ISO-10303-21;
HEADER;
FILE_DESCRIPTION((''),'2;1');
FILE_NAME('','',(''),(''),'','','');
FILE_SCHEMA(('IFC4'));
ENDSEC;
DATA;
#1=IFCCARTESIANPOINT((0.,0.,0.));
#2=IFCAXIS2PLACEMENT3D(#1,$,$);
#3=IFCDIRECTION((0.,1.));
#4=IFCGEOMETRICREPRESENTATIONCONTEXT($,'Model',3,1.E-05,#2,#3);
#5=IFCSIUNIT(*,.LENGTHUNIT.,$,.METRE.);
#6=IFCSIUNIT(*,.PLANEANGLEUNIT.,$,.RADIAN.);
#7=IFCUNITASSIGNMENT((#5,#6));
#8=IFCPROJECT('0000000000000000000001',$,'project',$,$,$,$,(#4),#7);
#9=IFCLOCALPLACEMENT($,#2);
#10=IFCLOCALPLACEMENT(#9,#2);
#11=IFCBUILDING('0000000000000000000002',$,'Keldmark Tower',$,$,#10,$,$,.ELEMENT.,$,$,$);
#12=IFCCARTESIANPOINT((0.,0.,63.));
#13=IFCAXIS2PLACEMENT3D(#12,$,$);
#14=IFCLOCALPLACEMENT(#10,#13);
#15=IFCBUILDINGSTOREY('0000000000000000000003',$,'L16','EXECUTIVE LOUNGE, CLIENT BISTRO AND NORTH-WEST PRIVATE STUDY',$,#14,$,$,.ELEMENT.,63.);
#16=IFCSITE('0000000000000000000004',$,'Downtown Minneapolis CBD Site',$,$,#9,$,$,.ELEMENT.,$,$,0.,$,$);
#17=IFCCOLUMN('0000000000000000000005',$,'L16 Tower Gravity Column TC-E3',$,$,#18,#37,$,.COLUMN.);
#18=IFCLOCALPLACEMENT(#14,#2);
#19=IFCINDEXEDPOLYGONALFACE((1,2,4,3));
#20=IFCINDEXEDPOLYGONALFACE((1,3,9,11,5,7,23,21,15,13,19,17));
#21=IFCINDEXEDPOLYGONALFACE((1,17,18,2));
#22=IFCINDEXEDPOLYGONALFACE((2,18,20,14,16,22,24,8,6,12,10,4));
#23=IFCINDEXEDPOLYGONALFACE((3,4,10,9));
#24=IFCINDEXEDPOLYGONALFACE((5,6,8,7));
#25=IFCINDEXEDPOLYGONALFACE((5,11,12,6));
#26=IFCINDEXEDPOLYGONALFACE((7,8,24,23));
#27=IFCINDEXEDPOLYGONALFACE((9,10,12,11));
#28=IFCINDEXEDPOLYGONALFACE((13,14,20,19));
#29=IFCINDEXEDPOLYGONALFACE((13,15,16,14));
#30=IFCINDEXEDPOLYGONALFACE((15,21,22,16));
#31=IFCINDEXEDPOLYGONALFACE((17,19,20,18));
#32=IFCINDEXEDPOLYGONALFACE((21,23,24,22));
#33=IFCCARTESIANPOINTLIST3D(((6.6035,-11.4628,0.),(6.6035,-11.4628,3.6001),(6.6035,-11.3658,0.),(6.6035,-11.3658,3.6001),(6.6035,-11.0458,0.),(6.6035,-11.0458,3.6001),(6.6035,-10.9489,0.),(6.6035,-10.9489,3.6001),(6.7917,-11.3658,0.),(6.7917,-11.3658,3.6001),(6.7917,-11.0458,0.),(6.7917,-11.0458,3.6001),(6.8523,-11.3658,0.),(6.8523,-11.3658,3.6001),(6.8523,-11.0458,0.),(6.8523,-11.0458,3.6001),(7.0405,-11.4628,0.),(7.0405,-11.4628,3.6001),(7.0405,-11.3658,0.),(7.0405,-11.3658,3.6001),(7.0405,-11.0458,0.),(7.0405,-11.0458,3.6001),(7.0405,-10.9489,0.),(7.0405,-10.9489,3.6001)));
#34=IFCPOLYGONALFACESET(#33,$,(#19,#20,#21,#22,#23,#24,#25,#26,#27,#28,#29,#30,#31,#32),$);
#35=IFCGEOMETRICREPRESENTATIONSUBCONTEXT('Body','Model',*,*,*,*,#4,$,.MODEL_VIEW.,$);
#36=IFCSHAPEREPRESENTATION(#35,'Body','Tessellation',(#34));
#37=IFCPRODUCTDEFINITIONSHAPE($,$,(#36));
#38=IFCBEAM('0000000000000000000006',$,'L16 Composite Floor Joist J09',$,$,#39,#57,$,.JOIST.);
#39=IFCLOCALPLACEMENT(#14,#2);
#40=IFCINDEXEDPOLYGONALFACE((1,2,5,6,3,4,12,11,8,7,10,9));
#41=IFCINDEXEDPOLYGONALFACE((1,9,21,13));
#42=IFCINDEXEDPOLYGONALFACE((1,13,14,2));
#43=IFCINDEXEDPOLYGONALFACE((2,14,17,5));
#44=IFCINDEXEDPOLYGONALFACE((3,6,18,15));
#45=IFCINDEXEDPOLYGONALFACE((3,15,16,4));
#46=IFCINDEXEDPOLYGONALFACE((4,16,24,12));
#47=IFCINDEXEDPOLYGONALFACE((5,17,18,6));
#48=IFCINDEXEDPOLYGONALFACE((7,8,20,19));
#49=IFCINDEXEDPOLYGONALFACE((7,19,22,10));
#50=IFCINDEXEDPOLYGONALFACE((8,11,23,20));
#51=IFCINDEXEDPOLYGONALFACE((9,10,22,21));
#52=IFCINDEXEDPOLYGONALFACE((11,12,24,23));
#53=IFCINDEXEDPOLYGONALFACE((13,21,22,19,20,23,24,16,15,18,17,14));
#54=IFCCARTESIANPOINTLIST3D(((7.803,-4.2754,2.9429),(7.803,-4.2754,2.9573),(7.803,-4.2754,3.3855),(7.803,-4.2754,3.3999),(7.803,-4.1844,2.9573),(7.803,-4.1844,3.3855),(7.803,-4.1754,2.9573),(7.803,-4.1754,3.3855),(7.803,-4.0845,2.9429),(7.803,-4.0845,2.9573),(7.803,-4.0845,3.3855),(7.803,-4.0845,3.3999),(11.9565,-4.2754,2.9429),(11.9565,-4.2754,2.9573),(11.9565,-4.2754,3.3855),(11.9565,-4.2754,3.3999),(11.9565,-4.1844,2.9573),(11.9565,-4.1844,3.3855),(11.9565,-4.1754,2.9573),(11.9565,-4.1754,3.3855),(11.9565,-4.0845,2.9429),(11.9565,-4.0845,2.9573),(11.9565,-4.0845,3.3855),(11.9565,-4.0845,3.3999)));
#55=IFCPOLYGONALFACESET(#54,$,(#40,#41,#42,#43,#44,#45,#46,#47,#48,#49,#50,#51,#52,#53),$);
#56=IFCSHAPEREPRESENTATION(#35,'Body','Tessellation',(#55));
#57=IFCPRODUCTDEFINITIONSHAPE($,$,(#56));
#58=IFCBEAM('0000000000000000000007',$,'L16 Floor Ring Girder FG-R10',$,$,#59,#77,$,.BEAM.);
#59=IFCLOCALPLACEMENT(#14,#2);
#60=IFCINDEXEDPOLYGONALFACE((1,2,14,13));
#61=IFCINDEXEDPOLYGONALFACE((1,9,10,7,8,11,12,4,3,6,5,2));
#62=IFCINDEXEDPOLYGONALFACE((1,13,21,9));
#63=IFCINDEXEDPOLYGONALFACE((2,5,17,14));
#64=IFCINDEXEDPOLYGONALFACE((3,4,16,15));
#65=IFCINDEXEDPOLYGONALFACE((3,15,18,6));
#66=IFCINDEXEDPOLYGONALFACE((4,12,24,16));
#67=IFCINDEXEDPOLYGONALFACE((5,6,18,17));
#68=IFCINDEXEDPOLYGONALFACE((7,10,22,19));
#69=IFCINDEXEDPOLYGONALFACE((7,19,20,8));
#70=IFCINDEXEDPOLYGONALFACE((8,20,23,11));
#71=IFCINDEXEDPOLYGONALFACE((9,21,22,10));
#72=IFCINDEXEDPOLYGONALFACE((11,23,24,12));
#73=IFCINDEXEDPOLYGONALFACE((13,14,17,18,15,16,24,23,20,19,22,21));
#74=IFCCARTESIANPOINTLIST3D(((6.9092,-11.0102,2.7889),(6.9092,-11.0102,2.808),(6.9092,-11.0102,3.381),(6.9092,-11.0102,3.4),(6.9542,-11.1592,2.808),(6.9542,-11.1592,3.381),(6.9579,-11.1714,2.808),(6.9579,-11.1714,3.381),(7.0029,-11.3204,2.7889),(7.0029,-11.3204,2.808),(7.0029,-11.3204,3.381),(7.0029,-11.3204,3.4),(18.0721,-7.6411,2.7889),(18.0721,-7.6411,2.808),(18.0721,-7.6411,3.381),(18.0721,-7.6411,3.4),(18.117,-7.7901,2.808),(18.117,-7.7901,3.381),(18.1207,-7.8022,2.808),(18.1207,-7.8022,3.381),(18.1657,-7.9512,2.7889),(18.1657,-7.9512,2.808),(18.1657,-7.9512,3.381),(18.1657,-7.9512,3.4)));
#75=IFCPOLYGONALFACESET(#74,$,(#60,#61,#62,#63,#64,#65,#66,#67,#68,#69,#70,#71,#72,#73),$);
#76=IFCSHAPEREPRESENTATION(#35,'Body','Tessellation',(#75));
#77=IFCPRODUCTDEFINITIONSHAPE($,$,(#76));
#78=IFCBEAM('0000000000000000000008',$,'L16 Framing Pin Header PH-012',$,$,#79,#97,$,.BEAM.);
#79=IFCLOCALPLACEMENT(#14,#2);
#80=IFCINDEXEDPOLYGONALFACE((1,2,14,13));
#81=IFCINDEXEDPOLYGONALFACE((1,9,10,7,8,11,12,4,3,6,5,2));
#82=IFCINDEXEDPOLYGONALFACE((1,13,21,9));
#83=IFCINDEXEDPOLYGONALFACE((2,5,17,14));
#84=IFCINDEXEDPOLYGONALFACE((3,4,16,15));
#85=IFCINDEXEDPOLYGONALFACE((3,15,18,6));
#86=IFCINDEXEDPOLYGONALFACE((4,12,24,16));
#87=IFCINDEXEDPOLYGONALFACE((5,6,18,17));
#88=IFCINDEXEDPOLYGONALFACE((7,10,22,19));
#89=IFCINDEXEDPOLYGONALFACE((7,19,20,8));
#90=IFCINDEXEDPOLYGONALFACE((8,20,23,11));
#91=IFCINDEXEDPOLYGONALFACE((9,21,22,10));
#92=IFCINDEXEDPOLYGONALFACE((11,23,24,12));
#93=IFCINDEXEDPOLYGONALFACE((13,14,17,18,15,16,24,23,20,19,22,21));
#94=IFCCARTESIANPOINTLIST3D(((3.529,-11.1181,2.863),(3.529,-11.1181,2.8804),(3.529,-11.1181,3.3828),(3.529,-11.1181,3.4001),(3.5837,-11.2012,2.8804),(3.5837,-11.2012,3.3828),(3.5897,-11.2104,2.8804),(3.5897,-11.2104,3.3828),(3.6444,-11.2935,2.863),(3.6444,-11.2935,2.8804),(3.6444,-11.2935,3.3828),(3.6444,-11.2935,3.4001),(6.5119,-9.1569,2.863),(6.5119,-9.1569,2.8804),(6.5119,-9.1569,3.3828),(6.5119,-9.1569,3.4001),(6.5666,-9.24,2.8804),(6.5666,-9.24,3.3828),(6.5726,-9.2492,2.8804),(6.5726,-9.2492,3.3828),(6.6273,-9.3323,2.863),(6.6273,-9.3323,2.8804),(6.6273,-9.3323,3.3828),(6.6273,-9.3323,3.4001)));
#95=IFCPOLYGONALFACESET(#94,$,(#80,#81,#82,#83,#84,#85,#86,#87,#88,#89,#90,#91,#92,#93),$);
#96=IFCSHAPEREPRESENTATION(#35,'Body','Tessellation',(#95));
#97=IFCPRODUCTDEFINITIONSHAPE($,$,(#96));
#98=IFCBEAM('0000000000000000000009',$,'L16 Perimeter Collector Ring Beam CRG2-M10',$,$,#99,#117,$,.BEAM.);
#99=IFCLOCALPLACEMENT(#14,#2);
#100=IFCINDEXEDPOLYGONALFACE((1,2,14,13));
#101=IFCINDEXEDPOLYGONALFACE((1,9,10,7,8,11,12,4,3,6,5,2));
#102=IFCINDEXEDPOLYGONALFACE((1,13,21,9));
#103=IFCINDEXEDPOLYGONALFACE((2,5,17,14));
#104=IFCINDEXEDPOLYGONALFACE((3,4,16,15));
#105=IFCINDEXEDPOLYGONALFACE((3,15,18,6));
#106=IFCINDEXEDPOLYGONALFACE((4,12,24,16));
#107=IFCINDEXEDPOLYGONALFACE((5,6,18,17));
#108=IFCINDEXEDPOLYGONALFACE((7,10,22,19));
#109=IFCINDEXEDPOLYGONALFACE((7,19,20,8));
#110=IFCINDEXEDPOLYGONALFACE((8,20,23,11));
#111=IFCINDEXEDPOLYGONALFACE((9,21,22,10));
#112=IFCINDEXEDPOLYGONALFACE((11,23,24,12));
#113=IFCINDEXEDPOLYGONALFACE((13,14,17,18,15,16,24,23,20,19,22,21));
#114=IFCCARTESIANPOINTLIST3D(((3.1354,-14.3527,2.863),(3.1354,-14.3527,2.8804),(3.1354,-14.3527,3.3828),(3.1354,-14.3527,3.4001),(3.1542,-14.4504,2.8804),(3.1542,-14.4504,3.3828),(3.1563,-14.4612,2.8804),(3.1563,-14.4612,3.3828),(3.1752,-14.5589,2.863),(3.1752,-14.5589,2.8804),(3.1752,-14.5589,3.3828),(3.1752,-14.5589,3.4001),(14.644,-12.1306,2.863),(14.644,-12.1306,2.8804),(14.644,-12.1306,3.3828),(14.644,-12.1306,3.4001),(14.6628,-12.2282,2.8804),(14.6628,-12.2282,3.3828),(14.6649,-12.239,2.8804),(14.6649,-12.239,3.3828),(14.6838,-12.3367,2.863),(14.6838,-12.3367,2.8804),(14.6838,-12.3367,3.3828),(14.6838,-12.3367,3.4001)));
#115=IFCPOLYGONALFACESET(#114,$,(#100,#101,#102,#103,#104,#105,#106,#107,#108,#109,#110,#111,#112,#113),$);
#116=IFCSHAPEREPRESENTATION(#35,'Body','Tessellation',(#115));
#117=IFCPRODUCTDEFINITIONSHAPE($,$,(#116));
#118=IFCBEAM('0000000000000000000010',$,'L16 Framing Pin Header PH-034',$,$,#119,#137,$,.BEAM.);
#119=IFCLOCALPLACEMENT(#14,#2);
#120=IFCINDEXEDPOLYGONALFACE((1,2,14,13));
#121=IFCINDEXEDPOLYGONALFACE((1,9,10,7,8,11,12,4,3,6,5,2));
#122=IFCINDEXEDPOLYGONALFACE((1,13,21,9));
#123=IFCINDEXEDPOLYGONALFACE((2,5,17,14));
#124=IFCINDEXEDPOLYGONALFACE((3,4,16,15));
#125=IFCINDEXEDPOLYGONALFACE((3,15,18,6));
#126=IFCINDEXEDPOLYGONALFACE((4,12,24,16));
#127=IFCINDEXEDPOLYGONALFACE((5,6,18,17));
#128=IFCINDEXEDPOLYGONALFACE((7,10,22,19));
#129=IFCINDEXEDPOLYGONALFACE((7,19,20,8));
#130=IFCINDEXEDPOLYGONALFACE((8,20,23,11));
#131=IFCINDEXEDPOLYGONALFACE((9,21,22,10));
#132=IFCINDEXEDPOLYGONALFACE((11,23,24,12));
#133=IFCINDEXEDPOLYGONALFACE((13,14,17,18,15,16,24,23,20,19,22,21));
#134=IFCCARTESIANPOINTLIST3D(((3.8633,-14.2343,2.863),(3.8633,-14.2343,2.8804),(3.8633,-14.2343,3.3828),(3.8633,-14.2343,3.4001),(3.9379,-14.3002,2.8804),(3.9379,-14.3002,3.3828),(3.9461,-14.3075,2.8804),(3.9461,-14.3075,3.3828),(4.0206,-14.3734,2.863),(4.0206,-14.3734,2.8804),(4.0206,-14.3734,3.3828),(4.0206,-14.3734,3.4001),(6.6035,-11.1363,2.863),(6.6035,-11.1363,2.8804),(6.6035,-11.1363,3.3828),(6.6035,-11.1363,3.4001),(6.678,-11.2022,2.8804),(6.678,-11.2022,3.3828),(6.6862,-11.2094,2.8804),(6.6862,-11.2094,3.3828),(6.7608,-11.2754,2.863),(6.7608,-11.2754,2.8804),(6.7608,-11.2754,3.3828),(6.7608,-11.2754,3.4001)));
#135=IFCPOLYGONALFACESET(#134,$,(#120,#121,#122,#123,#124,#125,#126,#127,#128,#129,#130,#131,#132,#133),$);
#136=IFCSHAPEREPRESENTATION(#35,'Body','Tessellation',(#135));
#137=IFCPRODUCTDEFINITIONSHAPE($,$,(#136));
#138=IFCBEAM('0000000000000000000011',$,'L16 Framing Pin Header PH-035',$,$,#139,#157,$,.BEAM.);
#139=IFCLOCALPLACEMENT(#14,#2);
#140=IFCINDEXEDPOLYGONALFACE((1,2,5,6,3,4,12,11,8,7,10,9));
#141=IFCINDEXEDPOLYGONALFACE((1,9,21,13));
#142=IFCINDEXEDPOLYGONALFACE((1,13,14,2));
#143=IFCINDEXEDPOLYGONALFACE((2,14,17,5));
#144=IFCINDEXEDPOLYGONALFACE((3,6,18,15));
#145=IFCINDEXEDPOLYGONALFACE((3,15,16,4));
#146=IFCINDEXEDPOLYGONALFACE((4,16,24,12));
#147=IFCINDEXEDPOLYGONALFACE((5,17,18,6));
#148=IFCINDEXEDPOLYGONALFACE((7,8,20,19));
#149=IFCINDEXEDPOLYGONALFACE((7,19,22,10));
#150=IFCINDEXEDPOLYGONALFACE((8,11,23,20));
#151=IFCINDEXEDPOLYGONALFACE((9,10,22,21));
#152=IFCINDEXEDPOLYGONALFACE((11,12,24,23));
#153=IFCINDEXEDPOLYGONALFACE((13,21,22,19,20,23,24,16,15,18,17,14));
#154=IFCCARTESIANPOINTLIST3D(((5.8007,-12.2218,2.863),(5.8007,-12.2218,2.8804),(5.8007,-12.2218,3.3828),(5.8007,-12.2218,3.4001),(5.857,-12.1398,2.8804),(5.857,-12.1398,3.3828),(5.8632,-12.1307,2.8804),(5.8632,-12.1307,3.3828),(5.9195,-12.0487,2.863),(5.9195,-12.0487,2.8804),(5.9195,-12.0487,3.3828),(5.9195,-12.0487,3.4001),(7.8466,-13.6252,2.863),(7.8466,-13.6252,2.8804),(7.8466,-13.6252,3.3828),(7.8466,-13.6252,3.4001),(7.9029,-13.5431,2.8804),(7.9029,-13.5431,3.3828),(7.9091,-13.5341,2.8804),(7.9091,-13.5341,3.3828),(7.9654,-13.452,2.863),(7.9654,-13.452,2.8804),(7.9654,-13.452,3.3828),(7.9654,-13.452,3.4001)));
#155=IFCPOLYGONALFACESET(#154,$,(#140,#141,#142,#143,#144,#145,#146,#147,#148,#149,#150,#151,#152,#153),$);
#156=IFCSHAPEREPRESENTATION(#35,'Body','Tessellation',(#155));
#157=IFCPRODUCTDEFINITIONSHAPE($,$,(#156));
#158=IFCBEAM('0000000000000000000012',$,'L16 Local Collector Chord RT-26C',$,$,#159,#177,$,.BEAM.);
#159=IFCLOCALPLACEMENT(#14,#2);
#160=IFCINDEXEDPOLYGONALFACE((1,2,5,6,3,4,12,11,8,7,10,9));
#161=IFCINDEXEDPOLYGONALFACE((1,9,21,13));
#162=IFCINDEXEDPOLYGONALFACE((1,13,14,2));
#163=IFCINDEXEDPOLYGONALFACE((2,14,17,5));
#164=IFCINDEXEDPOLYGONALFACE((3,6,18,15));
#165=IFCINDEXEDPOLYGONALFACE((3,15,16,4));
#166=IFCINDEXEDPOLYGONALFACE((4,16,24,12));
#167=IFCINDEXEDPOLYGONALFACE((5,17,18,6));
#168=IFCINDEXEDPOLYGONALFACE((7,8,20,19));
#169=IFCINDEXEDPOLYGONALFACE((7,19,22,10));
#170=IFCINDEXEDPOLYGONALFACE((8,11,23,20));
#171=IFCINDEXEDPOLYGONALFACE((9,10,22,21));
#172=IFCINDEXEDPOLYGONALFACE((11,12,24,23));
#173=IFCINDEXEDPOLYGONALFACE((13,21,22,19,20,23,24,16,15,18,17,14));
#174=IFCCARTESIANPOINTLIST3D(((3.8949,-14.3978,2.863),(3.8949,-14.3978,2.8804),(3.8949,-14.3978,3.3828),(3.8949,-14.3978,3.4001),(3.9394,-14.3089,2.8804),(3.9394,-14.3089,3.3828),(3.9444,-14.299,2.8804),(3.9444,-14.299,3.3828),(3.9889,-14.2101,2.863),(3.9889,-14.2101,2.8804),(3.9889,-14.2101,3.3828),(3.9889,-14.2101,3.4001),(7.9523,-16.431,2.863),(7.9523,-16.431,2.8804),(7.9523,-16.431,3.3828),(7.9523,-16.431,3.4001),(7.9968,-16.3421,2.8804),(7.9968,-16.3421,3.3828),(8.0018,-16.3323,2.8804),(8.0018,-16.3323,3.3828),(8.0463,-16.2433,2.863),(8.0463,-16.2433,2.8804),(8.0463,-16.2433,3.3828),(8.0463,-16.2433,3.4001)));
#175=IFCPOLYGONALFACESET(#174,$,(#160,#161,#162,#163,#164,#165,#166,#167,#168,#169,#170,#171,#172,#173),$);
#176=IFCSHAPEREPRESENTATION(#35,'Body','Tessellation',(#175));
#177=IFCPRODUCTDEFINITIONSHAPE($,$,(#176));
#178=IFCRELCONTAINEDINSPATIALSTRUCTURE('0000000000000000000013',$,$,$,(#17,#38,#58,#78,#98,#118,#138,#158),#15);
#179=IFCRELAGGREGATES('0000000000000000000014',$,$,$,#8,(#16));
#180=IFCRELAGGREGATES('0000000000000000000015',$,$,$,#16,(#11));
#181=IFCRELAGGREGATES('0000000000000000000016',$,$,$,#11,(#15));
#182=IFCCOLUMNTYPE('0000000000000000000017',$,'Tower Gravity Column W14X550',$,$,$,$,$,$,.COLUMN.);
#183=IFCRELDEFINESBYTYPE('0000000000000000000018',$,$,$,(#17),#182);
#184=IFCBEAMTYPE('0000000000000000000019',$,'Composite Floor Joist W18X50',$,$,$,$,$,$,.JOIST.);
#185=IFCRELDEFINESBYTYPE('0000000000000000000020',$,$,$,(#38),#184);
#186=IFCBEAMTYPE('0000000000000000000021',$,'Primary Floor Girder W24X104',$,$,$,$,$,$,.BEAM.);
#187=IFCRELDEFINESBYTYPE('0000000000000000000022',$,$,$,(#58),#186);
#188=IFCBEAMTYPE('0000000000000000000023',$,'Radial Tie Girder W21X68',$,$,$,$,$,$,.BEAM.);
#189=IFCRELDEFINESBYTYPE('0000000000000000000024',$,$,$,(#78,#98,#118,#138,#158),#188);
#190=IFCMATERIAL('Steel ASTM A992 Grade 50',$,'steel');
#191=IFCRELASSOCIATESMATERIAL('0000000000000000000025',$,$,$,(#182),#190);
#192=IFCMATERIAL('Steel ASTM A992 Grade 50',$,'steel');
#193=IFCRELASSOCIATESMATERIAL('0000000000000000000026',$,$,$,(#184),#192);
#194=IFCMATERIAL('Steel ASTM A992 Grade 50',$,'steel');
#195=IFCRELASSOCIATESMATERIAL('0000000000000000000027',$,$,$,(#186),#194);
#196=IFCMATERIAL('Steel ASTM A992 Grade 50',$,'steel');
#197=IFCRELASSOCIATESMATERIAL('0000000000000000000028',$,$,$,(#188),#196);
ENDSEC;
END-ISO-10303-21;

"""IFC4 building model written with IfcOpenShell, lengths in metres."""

from ifc_helpers import new_model, si_unit, direction, frame, origin, origin_2d, place, context, subcontext, project, spatial, i_section, extrude, material, material_profile, profile_set, type_object, element, save


model = new_model("IFC4")

# Units and contexts
model_context = context("Model", 3, precision=1e-05, world=origin(), true_north=direction((0.0, 1.0)))
body_context = subcontext(model_context, "Body", "Model", "MODEL_VIEW")
ifc_project = project(units=[si_unit("LENGTHUNIT", "METRE"), si_unit("PLANEANGLEUNIT", "RADIAN")], contexts=[model_context])

# Site, building, storey
site_placement = place(None, origin())
site = spatial("IfcSite", under=ifc_project, at=site_placement, Name="Downtown Minneapolis CBD Site", CompositionType="ELEMENT", RefElevation=0.0)
building_placement = place(site_placement, origin())
building = spatial("IfcBuilding", under=site, at=building_placement, Name="Keldmark Tower", CompositionType="ELEMENT")
storey_placement = place(building_placement, frame((0.0, 0.0, 63.0)))
storey = spatial("IfcBuildingStorey", under=building, at=storey_placement, Name="L16", Description="EXECUTIVE LOUNGE, CLIENT BISTRO AND NORTH-WEST PRIVATE STUDY", CompositionType="ELEMENT", Elevation=63.0)

# Column
ifc_material_1 = material(Name="Steel ASTM A992 Grade 50", Category="steel")
ifc_material_profile_1 = material_profile(ifc_material_1, i_section(OverallWidth=0.437, OverallDepth=0.5139, WebThickness=0.0605, FlangeThickness=0.0969, at=origin_2d()), Name="W14X550")
ifc_profile_set_1 = profile_set([ifc_material_profile_1], Name="Steel ASTM A992 Grade 50")
column_type = type_object("IfcColumnType", Name="Tower Gravity Column W14X550", PredefinedType="COLUMN", material=ifc_profile_set_1)
column_placement = place(storey_placement, frame((6.822, -11.2058, 0.0), z_axis=(0.0, 0.0, 1.0), x_axis=(1.0, 0.0, 0.0)))
element("IfcColumn", 1, at=column_placement, inside=storey, type_object=column_type, Name="L16 Tower Gravity Column TC-E3", PredefinedType="COLUMN", context=body_context, shape_type="SweptSolid", body=[
    extrude(i_section(OverallWidth=0.437, OverallDepth=0.5139, WebThickness=0.0605, FlangeThickness=0.0969, at=origin_2d()), origin(), (0.0, 0.0, 1.0), 3.6001),
])

# Beams
ifc_material_2 = material(Name="Steel ASTM A992 Grade 50", Category="steel")
ifc_material_profile_2 = material_profile(ifc_material_2, i_section(OverallWidth=0.1909, OverallDepth=0.457, WebThickness=0.009, FlangeThickness=0.0144, at=origin_2d()), Name="W18X50")
ifc_profile_set_2 = profile_set([ifc_material_profile_2], Name="Steel ASTM A992 Grade 50")
beam_type_1 = type_object("IfcBeamType", Name="Composite Floor Joist W18X50", PredefinedType="JOIST", material=ifc_profile_set_2)
beam_1_placement = place(storey_placement, frame((7.803, -4.1799, 3.1714), z_axis=(1.0, 0.0, 0.0), x_axis=(0.0, 1.0, 0.0)))
element("IfcBeam", 2, at=beam_1_placement, inside=storey, type_object=beam_type_1, Name="L16 Composite Floor Joist J09", PredefinedType="JOIST", context=body_context, shape_type="SweptSolid", body=[
    extrude(i_section(OverallWidth=0.1909, OverallDepth=0.457, WebThickness=0.009, FlangeThickness=0.0144, at=origin_2d()), origin(), (0.0, 0.0, 1.0), 4.1536),
])
ifc_material_3 = material(Name="Steel ASTM A992 Grade 50", Category="steel")
ifc_material_profile_3 = material_profile(ifc_material_3, i_section(OverallWidth=0.324, OverallDepth=0.6111, WebThickness=0.0127, FlangeThickness=0.019, at=origin_2d()), Name="W24X104")
ifc_profile_set_3 = profile_set([ifc_material_profile_3], Name="Steel ASTM A992 Grade 50")
beam_type_2 = type_object("IfcBeamType", Name="Primary Floor Girder W24X104", PredefinedType="BEAM", material=ifc_profile_set_3)
beam_2_placement = place(storey_placement, frame((6.9561, -11.1653, 3.0945), z_axis=(0.957346, 0.288944, 0.0), x_axis=(-0.288944, 0.957346, 0.0)))
element("IfcBeam", 3, at=beam_2_placement, inside=storey, type_object=beam_type_2, Name="L16 Floor Ring Girder FG-R10", PredefinedType="BEAM", context=body_context, shape_type="SweptSolid", body=[
    extrude(i_section(OverallWidth=0.324, OverallDepth=0.6111, WebThickness=0.0127, FlangeThickness=0.019, at=origin_2d()), origin(), (0.0, 0.0, 1.0), 11.6602),
])
ifc_material_4 = material(Name="Steel ASTM A992 Grade 50", Category="steel")
ifc_material_profile_4 = material_profile(ifc_material_4, i_section(OverallWidth=0.21, OverallDepth=0.5371, WebThickness=0.011, FlangeThickness=0.0173, at=origin_2d()), Name="W21X68")
ifc_profile_set_4 = profile_set([ifc_material_profile_4], Name="Steel ASTM A992 Grade 50")
beam_type_3 = type_object("IfcBeamType", Name="Radial Tie Girder W21X68", PredefinedType="BEAM", material=ifc_profile_set_4)
beam_3_placement = place(storey_placement, frame((6.5696, -9.2446, 3.1316), z_axis=(-0.835579, -0.54937, 0.0), x_axis=(0.54937, -0.835579, 0.0)))
element("IfcBeam", 4, at=beam_3_placement, inside=storey, type_object=beam_type_3, Name="L16 Framing Pin Header PH-012", PredefinedType="BEAM", context=body_context, shape_type="SweptSolid", body=[
    extrude(i_section(OverallWidth=0.21, OverallDepth=0.5371, WebThickness=0.011, FlangeThickness=0.0173, at=origin_2d()), origin(), (0.0, 0.0, 1.0), 3.5698),
])
beam_4_placement = place(storey_placement, frame((3.1553, -14.4558, 3.1316), z_axis=(0.981864, 0.189587, 0.0), x_axis=(-0.189587, 0.981864, 0.0)))
element("IfcBeam", 5, at=beam_4_placement, inside=storey, type_object=beam_type_3, Name="L16 Perimeter Collector Ring Beam CRG2-M10", PredefinedType="BEAM", context=body_context, shape_type="SweptSolid", body=[
    extrude(i_section(OverallWidth=0.21, OverallDepth=0.5371, WebThickness=0.011, FlangeThickness=0.0173, at=origin_2d()), origin(), (0.0, 0.0, 1.0), 11.7212),
])
beam_5_placement = place(storey_placement, frame((6.6821, -11.2058, 3.1316), z_axis=(-0.662515, -0.749048, 0.0), x_axis=(0.749048, -0.662515, 0.0)))
element("IfcBeam", 6, at=beam_5_placement, inside=storey, type_object=beam_type_3, Name="L16 Framing Pin Header PH-034", PredefinedType="BEAM", context=body_context, shape_type="SweptSolid", body=[
    extrude(i_section(OverallWidth=0.21, OverallDepth=0.5371, WebThickness=0.011, FlangeThickness=0.0173, at=origin_2d()), origin(), (0.0, 0.0, 1.0), 4.136),
])
beam_6_placement = place(storey_placement, frame((5.8601, -12.1353, 3.1316), z_axis=(0.82465, -0.565643, 0.0), x_axis=(0.565643, 0.82465, 0.0)))
element("IfcBeam", 7, at=beam_6_placement, inside=storey, type_object=beam_type_3, Name="L16 Framing Pin Header PH-035", PredefinedType="BEAM", context=body_context, shape_type="SweptSolid", body=[
    extrude(i_section(OverallWidth=0.21, OverallDepth=0.5371, WebThickness=0.011, FlangeThickness=0.0173, at=origin_2d()), origin(), (0.0, 0.0, 1.0), 2.481),
])
beam_7_placement = place(storey_placement, frame((3.9419, -14.304, 3.1316), z_axis=(0.894029, -0.44801, 0.0), x_axis=(0.44801, 0.894029, 0.0)))
element("IfcBeam", 8, at=beam_7_placement, inside=storey, type_object=beam_type_3, Name="L16 Local Collector Chord RT-26C", PredefinedType="BEAM", context=body_context, shape_type="SweptSolid", body=[
    extrude(i_section(OverallWidth=0.21, OverallDepth=0.5371, WebThickness=0.011, FlangeThickness=0.0173, at=origin_2d()), origin(), (0.0, 0.0, 1.0), 4.5383),
])

save(model, "model.ifc")
